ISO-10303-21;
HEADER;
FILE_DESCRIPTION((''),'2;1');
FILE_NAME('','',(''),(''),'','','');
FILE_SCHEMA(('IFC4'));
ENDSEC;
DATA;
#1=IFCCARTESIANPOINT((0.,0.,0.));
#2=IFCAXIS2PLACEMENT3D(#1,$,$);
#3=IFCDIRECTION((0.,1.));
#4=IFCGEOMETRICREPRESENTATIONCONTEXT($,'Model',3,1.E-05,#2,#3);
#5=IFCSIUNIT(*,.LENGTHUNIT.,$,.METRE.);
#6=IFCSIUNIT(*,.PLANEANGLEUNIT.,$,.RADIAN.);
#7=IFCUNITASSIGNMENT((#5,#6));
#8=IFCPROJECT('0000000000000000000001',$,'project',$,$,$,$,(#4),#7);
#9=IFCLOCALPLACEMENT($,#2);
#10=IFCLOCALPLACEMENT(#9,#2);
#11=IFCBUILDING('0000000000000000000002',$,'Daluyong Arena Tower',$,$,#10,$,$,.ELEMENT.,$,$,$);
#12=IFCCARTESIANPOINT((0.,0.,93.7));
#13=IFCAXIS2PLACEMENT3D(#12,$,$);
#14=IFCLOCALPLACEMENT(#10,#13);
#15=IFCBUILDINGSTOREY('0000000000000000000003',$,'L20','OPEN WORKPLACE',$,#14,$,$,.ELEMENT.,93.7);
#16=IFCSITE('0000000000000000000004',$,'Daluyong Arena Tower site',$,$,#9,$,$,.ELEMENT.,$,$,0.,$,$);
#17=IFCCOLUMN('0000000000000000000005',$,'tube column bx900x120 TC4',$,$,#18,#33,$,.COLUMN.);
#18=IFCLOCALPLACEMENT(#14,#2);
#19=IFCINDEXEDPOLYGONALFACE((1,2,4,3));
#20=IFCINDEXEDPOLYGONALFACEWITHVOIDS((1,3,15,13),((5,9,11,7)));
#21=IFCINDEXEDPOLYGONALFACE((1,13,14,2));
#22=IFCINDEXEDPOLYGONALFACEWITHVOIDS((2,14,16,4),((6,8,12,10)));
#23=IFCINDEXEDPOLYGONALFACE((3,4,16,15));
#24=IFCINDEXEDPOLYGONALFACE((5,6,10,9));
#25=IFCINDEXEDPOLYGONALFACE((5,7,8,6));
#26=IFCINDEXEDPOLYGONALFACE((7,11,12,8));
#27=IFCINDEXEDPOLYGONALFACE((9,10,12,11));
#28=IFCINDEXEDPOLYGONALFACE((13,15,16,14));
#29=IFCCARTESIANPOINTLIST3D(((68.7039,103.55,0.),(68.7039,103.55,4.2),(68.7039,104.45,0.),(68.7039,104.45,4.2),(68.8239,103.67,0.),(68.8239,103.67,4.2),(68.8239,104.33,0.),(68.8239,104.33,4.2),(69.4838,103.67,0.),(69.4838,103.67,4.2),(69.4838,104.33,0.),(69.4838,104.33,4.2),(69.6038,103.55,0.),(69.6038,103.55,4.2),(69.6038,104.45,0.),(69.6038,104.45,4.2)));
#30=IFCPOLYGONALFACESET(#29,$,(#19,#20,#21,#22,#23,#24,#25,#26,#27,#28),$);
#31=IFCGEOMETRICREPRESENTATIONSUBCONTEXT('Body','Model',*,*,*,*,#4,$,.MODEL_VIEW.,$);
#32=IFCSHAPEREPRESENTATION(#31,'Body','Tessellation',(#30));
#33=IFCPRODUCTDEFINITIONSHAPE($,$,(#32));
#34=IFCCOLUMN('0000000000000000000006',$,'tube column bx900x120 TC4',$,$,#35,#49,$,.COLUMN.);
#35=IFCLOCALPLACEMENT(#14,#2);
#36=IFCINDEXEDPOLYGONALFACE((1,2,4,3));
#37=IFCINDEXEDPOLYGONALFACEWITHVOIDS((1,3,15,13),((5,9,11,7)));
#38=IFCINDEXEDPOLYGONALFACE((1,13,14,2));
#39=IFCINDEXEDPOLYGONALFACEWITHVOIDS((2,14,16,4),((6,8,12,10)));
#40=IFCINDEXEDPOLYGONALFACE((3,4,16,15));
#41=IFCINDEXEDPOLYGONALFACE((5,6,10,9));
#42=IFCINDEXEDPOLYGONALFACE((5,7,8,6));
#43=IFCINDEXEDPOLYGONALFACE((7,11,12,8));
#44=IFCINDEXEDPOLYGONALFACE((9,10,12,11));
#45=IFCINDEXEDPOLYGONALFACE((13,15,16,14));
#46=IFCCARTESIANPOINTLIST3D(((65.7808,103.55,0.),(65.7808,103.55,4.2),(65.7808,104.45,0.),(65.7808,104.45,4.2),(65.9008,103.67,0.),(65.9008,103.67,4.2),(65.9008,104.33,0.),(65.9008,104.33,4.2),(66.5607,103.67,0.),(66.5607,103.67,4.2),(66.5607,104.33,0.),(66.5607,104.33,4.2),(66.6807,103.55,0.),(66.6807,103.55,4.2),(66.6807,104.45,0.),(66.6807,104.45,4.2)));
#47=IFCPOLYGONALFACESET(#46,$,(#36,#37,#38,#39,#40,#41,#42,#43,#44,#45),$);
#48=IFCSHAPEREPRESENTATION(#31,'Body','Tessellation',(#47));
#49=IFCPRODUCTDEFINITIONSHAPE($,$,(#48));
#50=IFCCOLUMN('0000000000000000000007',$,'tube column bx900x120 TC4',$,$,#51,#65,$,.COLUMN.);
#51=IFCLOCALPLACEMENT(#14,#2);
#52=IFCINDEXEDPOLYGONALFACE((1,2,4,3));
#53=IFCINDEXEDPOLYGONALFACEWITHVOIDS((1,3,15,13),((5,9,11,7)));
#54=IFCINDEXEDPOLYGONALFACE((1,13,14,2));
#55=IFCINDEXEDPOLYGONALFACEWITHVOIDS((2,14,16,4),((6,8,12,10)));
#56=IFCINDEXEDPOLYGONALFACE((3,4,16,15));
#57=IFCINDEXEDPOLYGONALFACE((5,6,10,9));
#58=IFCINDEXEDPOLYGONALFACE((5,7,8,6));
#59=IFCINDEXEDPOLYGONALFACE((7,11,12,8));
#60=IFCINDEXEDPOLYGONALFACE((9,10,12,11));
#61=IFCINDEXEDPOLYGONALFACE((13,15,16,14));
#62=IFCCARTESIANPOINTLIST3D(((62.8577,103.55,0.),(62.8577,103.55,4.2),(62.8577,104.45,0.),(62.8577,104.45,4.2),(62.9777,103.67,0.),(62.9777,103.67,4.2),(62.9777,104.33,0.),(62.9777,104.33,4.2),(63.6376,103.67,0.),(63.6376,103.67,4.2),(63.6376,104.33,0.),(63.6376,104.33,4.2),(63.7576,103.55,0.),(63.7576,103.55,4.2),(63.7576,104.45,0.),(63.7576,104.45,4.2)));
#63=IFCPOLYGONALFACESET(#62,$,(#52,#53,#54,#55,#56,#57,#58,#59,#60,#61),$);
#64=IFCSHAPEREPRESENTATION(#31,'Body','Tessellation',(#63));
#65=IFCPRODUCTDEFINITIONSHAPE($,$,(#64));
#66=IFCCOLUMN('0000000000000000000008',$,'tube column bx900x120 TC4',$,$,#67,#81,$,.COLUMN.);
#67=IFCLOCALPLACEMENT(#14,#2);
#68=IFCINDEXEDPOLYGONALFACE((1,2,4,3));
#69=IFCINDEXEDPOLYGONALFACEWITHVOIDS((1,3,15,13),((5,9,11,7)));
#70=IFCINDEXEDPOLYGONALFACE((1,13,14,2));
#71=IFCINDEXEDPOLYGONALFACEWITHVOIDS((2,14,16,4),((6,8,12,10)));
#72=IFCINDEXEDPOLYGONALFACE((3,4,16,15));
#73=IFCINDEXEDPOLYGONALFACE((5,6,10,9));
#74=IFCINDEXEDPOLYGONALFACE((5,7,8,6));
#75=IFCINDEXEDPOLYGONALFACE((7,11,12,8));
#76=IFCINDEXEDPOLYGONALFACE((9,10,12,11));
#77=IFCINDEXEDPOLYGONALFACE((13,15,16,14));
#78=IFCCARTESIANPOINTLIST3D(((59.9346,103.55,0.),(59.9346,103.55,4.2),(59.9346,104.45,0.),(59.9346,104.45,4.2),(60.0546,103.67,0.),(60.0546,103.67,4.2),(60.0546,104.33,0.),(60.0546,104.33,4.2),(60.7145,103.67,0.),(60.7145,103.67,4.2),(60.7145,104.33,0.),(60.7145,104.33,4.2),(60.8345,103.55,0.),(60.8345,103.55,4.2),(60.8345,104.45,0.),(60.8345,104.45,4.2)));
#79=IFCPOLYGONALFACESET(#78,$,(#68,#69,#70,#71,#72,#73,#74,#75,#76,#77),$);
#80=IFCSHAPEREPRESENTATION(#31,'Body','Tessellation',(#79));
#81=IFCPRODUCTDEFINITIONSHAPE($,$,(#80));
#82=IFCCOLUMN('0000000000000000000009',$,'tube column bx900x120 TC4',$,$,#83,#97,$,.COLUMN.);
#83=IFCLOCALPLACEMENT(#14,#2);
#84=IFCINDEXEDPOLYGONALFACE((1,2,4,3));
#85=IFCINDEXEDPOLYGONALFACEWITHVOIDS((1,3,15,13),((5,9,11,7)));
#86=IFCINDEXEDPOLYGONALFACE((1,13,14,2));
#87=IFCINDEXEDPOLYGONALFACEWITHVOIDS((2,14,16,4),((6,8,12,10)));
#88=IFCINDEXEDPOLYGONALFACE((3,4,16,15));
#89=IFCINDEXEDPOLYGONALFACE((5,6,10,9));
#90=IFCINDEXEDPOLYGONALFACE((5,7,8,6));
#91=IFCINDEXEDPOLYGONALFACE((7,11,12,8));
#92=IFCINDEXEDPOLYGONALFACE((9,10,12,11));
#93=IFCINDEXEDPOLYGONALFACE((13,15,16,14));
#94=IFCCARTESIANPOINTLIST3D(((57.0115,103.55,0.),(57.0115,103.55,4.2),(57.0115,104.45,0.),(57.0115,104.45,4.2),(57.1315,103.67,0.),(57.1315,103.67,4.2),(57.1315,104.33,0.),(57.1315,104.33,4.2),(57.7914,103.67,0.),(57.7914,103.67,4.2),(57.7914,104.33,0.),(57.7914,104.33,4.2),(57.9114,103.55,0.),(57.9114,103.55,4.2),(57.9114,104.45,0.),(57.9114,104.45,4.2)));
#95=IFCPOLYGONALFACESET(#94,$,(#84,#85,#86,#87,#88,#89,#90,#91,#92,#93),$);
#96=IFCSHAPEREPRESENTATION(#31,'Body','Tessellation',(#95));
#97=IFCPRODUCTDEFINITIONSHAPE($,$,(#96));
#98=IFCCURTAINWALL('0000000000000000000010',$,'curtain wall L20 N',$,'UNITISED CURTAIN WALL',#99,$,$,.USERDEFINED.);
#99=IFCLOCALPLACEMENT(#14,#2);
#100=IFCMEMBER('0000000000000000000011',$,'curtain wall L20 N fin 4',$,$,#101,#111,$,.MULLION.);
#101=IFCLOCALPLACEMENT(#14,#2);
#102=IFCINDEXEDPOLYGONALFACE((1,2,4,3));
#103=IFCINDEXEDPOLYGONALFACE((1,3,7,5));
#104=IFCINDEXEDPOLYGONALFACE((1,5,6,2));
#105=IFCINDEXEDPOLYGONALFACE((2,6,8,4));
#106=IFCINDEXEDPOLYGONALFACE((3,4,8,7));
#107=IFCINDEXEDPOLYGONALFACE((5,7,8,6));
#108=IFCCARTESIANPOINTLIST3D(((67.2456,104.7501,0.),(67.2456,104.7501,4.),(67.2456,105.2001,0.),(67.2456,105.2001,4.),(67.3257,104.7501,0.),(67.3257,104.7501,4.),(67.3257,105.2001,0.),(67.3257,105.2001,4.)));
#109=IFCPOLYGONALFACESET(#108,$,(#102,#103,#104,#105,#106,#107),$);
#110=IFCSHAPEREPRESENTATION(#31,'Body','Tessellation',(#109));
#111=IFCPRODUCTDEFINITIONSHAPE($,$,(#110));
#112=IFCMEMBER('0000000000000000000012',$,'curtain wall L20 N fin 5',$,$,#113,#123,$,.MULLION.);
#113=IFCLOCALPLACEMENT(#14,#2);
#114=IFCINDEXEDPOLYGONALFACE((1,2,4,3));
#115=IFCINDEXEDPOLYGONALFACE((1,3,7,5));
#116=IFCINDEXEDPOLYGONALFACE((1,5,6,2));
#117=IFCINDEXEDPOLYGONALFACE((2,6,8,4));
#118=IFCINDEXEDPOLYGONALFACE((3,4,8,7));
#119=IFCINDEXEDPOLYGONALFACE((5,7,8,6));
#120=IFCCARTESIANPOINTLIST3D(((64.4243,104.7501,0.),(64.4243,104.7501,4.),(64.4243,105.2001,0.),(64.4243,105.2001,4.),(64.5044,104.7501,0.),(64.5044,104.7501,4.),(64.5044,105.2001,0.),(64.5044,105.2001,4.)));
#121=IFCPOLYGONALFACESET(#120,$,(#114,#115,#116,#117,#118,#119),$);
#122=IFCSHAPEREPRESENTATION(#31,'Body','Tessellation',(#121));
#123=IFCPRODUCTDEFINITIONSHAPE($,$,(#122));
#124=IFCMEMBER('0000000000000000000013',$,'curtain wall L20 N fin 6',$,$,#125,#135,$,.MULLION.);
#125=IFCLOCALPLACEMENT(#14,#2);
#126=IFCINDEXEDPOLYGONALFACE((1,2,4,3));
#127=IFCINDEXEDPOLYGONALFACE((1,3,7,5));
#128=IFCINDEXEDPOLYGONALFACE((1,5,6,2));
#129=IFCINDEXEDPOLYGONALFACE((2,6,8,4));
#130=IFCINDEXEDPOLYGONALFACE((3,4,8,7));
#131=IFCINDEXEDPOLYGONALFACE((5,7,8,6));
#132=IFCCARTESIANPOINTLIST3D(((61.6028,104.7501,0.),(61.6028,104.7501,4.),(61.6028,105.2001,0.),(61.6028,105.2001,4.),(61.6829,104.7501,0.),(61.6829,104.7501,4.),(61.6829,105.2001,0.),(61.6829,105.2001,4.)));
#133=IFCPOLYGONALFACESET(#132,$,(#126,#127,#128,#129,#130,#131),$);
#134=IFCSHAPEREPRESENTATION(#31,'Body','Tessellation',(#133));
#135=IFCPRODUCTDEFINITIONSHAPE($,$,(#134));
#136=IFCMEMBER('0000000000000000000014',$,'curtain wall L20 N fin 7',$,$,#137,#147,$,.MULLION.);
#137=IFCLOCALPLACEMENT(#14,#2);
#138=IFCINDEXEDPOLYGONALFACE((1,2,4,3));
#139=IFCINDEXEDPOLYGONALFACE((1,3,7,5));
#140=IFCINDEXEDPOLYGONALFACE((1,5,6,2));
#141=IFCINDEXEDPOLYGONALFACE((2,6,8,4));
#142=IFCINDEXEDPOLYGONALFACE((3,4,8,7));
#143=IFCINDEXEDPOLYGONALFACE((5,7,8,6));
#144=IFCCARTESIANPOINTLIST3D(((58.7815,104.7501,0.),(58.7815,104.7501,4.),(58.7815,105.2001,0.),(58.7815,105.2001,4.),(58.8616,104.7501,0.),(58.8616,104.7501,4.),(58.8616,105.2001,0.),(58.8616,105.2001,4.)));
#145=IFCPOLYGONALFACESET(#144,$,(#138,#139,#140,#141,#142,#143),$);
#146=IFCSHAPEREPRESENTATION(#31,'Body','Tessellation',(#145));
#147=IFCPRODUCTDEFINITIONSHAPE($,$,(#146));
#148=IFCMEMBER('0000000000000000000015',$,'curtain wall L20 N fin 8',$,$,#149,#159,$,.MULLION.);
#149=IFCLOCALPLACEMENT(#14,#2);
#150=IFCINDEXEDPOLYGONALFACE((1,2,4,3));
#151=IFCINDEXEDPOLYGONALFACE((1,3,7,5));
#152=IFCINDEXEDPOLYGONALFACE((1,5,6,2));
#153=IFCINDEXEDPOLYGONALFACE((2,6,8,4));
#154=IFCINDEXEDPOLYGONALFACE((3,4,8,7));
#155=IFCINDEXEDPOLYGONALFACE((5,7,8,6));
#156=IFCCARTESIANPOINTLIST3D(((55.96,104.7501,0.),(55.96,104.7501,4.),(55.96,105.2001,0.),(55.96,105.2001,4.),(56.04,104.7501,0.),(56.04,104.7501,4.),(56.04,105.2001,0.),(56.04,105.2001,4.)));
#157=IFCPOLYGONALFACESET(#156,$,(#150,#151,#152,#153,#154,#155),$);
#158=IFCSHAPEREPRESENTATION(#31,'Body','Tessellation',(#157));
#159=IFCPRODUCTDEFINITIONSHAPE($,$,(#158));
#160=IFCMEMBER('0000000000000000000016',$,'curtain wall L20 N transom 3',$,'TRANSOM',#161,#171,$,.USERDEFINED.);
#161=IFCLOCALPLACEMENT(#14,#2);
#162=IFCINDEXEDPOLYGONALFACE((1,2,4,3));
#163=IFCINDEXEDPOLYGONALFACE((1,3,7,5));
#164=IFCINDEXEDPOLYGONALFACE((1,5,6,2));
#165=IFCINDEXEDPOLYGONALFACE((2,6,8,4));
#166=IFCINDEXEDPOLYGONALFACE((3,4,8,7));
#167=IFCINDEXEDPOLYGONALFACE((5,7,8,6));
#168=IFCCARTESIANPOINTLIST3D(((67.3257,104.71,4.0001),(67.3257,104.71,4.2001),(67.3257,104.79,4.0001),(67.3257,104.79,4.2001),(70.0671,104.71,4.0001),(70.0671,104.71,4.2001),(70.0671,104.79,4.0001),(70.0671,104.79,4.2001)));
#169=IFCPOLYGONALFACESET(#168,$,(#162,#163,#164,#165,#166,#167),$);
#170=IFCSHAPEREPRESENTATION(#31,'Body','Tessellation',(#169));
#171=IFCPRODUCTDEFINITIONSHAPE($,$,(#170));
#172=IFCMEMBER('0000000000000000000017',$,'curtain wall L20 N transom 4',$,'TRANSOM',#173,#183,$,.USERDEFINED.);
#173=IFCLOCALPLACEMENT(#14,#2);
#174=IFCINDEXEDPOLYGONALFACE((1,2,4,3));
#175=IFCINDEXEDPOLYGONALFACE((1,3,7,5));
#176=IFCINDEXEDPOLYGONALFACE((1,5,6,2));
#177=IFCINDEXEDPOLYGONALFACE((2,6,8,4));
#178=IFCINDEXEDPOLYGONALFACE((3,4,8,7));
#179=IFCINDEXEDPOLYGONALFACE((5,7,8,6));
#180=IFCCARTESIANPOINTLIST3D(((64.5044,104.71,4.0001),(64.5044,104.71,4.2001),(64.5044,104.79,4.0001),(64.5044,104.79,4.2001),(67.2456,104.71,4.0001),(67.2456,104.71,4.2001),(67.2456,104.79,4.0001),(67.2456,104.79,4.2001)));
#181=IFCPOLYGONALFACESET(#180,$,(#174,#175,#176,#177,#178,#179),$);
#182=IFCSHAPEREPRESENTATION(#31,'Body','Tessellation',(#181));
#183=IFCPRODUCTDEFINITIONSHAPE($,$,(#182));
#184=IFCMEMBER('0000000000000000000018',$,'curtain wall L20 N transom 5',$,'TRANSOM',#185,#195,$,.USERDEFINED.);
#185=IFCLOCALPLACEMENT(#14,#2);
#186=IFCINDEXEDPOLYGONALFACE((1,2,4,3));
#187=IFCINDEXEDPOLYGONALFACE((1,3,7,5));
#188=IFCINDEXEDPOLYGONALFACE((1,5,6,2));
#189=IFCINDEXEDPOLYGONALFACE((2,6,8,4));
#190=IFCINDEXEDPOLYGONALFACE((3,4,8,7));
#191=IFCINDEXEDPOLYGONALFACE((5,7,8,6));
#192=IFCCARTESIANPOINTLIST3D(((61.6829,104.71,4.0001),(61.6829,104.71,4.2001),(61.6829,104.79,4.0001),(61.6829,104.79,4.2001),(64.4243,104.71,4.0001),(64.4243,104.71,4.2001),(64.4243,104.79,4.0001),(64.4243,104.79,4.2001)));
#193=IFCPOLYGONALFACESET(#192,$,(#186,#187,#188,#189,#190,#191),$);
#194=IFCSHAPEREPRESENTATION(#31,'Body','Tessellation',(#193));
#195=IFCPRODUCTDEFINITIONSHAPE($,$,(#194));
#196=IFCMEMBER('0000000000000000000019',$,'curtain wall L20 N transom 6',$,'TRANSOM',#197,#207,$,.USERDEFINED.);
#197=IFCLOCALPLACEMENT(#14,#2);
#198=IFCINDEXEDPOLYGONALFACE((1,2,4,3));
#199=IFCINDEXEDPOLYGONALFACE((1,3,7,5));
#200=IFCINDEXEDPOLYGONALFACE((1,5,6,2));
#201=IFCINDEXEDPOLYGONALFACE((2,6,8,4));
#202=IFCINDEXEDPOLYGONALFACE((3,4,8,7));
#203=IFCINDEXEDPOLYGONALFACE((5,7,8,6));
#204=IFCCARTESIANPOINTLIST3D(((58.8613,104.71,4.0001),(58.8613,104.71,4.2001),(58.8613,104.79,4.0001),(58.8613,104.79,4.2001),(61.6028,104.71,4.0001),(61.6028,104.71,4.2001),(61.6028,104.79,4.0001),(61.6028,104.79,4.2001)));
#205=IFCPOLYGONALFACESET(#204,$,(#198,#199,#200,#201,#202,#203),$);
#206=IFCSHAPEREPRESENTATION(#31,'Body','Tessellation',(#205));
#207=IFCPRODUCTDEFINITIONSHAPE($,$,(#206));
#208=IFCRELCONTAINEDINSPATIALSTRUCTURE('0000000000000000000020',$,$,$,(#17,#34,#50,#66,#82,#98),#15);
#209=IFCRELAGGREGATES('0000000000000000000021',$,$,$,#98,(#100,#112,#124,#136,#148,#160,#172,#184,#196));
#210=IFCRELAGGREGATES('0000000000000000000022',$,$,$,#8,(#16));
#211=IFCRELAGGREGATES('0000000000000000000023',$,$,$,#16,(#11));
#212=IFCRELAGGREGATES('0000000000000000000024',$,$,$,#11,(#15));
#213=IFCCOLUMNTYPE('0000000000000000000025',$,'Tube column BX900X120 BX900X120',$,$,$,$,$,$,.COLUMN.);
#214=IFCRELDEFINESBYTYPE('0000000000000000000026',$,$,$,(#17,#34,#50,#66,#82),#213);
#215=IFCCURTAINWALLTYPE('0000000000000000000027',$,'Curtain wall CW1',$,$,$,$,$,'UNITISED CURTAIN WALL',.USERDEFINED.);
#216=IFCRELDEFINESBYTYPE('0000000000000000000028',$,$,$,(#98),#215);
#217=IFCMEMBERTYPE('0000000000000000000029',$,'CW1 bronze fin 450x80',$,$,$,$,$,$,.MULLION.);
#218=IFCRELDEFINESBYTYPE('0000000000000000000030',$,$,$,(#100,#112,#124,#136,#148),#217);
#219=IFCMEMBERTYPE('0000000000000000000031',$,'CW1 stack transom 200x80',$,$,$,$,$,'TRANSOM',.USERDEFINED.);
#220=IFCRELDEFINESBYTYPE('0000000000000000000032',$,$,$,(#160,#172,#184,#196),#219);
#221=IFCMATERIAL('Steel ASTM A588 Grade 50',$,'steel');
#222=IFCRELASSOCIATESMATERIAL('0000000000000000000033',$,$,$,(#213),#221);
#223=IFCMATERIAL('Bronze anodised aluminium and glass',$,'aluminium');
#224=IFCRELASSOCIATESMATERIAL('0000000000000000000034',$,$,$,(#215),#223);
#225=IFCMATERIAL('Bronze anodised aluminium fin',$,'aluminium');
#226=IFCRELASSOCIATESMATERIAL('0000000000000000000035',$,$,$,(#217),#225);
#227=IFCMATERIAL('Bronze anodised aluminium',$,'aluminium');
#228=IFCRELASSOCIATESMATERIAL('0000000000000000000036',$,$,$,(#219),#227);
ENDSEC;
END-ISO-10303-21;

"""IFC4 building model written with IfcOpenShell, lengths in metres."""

from ifc_helpers import new_model, si_unit, direction, frame, origin, origin_2d, place, context, subcontext, project, spatial, rectangle, hollow_rectangle, extrude, material, material_profile, profile_set, type_object, element, aggregate, save


model = new_model("IFC4")

# Units and contexts
model_context = context("Model", 3, precision=1e-05, world=origin(), true_north=direction((0.0, 1.0)))
body_context = subcontext(model_context, "Body", "Model", "MODEL_VIEW")
ifc_project = project(units=[si_unit("LENGTHUNIT", "METRE"), si_unit("PLANEANGLEUNIT", "RADIAN")], contexts=[model_context])

# Site, building, storey
site_placement = place(None, origin())
site = spatial("IfcSite", under=ifc_project, at=site_placement, Name="Daluyong Arena Tower site", CompositionType="ELEMENT", RefElevation=0.0)
building_placement = place(site_placement, origin())
building = spatial("IfcBuilding", under=site, at=building_placement, Name="Daluyong Arena Tower", CompositionType="ELEMENT")
storey_placement = place(building_placement, frame((0.0, 0.0, 93.7)))
storey = spatial("IfcBuildingStorey", under=building, at=storey_placement, Name="L20", Description="OPEN WORKPLACE", CompositionType="ELEMENT", Elevation=93.7)

# Columns
ifc_material_1 = material(Name="Steel ASTM A588 Grade 50", Category="steel")
ifc_material_profile_1 = material_profile(ifc_material_1, hollow_rectangle(XDim=0.8999, YDim=0.8999, WallThickness=0.12, at=origin_2d()))
ifc_profile_set_1 = profile_set([ifc_material_profile_1], Name="Steel ASTM A588 Grade 50")
column_type = type_object("IfcColumnType", Name="Tube column BX900X120 BX900X120", PredefinedType="COLUMN", material=ifc_profile_set_1)
for number, where, z_axis, x_axis, name in (
    (1, (69.1538, 104.0, 0.0), (0.0, 0.0, 1.0), (1.0, 0.0, 0.0), "tube column bx900x120 TC4"),
    (2, (66.2307, 104.0, 0.0), (0.0, 0.0, 1.0), (1.0, 0.0, 0.0), "tube column bx900x120 TC4"),
    (3, (63.3076, 104.0, 0.0), (0.0, 0.0, 1.0), (1.0, 0.0, 0.0), "tube column bx900x120 TC4"),
    (4, (60.3845, 104.0, 0.0), (0.0, 0.0, 1.0), (1.0, 0.0, 0.0), "tube column bx900x120 TC4"),
    (5, (57.4614, 104.0, 0.0), (0.0, 0.0, 1.0), (1.0, 0.0, 0.0), "tube column bx900x120 TC4"),
):
    element("IfcColumn", number, at=place(storey_placement, frame(where, z_axis=z_axis, x_axis=x_axis)), inside=storey, type_object=column_type, Name=name, PredefinedType="COLUMN", context=body_context, shape_type="SweptSolid", body=[
        extrude(hollow_rectangle(XDim=0.8999, YDim=0.8999, WallThickness=0.12, at=origin_2d()), origin(), (0.0, 0.0, 1.0), 4.2),
    ])

# Curtain wall, members
ifc_material_2 = material(Name="Bronze anodised aluminium and glass", Category="aluminium")
curtain_wall_type = type_object("IfcCurtainWallType", Name="Curtain wall CW1", ElementType="UNITISED CURTAIN WALL", PredefinedType="USERDEFINED", material=ifc_material_2)
curtain_wall_placement = place(storey_placement, origin())
curtain_wall = element("IfcCurtainWall", 6, at=curtain_wall_placement, inside=storey, type_object=curtain_wall_type, Name="curtain wall L20 N", ObjectType="UNITISED CURTAIN WALL", PredefinedType="USERDEFINED")
ifc_material_3 = material(Name="Bronze anodised aluminium fin", Category="aluminium")
ifc_material_profile_2 = material_profile(ifc_material_3, rectangle(XDim=0.45, YDim=0.0801, at=origin_2d()))
ifc_profile_set_2 = profile_set([ifc_material_profile_2], Name="Bronze anodised aluminium fin")
member_type_1 = type_object("IfcMemberType", Name="CW1 bronze fin 450x80", PredefinedType="MULLION", material=ifc_profile_set_2)
member_1_placement = place(storey_placement, frame((67.2856, 104.9751, 0.0), z_axis=(0.0, 0.0, 1.0), x_axis=(0.0, -1.0, 0.0)))
member_1 = element("IfcMember", 7, at=member_1_placement, type_object=member_type_1, Name="curtain wall L20 N fin 4", PredefinedType="MULLION", context=body_context, shape_type="SweptSolid", body=[
    extrude(rectangle(XDim=0.45, YDim=0.0801, at=origin_2d()), origin(), (0.0, 0.0, 1.0), 4.0),
])
member_2_placement = place(storey_placement, frame((64.4644, 104.9751, 0.0), z_axis=(0.0, 0.0, 1.0), x_axis=(0.0, -1.0, 0.0)))
member_2 = element("IfcMember", 8, at=member_2_placement, type_object=member_type_1, Name="curtain wall L20 N fin 5", PredefinedType="MULLION", context=body_context, shape_type="SweptSolid", body=[
    extrude(rectangle(XDim=0.45, YDim=0.0801, at=origin_2d()), origin(), (0.0, 0.0, 1.0), 4.0),
])
member_3_placement = place(storey_placement, frame((61.6428, 104.9751, 0.0), z_axis=(0.0, 0.0, 1.0), x_axis=(0.0, -1.0, 0.0)))
member_3 = element("IfcMember", 9, at=member_3_placement, type_object=member_type_1, Name="curtain wall L20 N fin 6", PredefinedType="MULLION", context=body_context, shape_type="SweptSolid", body=[
    extrude(rectangle(XDim=0.45, YDim=0.0801, at=origin_2d()), origin(), (0.0, 0.0, 1.0), 4.0),
])
member_4_placement = place(storey_placement, frame((58.8215, 104.9751, 0.0), z_axis=(0.0, 0.0, 1.0), x_axis=(0.0, -1.0, 0.0)))
member_4 = element("IfcMember", 10, at=member_4_placement, type_object=member_type_1, Name="curtain wall L20 N fin 7", PredefinedType="MULLION", context=body_context, shape_type="SweptSolid", body=[
    extrude(rectangle(XDim=0.45, YDim=0.0801, at=origin_2d()), origin(), (0.0, 0.0, 1.0), 4.0),
])
member_5_placement = place(storey_placement, frame((56.0, 104.9751, 0.0), z_axis=(0.0, 0.0, 1.0), x_axis=(0.0, -1.0, 0.0)))
member_5 = element("IfcMember", 11, at=member_5_placement, type_object=member_type_1, Name="curtain wall L20 N fin 8", PredefinedType="MULLION", context=body_context, shape_type="SweptSolid", body=[
    extrude(rectangle(XDim=0.45, YDim=0.0801, at=origin_2d()), origin(), (0.0, 0.0, 1.0), 4.0),
])
ifc_material_4 = material(Name="Bronze anodised aluminium", Category="aluminium")
ifc_material_profile_3 = material_profile(ifc_material_4, rectangle(XDim=0.0801, YDim=0.2, at=origin_2d()))
ifc_profile_set_3 = profile_set([ifc_material_profile_3], Name="Bronze anodised aluminium")
member_type_2 = type_object("IfcMemberType", Name="CW1 stack transom 200x80", ElementType="TRANSOM", PredefinedType="USERDEFINED", material=ifc_profile_set_3)
member_6_placement = place(storey_placement, frame((70.0671, 104.75, 4.1001), z_axis=(-1.0, 0.0, 0.0), x_axis=(0.0, -1.0, 0.0)))
member_6 = element("IfcMember", 12, at=member_6_placement, type_object=member_type_2, Name="curtain wall L20 N transom 3", ObjectType="TRANSOM", PredefinedType="USERDEFINED", context=body_context, shape_type="SweptSolid", body=[
    extrude(rectangle(XDim=0.0801, YDim=0.2, at=origin_2d()), origin(), (0.0, 0.0, 1.0), 2.7415),
])
member_7_placement = place(storey_placement, frame((67.2456, 104.75, 4.1001), z_axis=(-1.0, 0.0, 0.0), x_axis=(0.0, -1.0, 0.0)))
member_7 = element("IfcMember", 13, at=member_7_placement, type_object=member_type_2, Name="curtain wall L20 N transom 4", ObjectType="TRANSOM", PredefinedType="USERDEFINED", context=body_context, shape_type="SweptSolid", body=[
    extrude(rectangle(XDim=0.0801, YDim=0.2, at=origin_2d()), origin(), (0.0, 0.0, 1.0), 2.7412),
])
member_8_placement = place(storey_placement, frame((64.4243, 104.75, 4.1001), z_axis=(-1.0, 0.0, 0.0), x_axis=(0.0, -1.0, 0.0)))
member_8 = element("IfcMember", 14, at=member_8_placement, type_object=member_type_2, Name="curtain wall L20 N transom 5", ObjectType="TRANSOM", PredefinedType="USERDEFINED", context=body_context, shape_type="SweptSolid", body=[
    extrude(rectangle(XDim=0.0801, YDim=0.2, at=origin_2d()), origin(), (0.0, 0.0, 1.0), 2.7415),
])
member_9_placement = place(storey_placement, frame((61.6028, 104.75, 4.1001), z_axis=(-1.0, 0.0, 0.0), x_axis=(0.0, -1.0, 0.0)))
member_9 = element("IfcMember", 15, at=member_9_placement, type_object=member_type_2, Name="curtain wall L20 N transom 6", ObjectType="TRANSOM", PredefinedType="USERDEFINED", context=body_context, shape_type="SweptSolid", body=[
    extrude(rectangle(XDim=0.0801, YDim=0.2, at=origin_2d()), origin(), (0.0, 0.0, 1.0), 2.7415),
])

aggregate(curtain_wall, [member_1, member_2, member_3, member_4, member_5, member_6, member_7, member_8, member_9])

save(model, "model.ifc")
